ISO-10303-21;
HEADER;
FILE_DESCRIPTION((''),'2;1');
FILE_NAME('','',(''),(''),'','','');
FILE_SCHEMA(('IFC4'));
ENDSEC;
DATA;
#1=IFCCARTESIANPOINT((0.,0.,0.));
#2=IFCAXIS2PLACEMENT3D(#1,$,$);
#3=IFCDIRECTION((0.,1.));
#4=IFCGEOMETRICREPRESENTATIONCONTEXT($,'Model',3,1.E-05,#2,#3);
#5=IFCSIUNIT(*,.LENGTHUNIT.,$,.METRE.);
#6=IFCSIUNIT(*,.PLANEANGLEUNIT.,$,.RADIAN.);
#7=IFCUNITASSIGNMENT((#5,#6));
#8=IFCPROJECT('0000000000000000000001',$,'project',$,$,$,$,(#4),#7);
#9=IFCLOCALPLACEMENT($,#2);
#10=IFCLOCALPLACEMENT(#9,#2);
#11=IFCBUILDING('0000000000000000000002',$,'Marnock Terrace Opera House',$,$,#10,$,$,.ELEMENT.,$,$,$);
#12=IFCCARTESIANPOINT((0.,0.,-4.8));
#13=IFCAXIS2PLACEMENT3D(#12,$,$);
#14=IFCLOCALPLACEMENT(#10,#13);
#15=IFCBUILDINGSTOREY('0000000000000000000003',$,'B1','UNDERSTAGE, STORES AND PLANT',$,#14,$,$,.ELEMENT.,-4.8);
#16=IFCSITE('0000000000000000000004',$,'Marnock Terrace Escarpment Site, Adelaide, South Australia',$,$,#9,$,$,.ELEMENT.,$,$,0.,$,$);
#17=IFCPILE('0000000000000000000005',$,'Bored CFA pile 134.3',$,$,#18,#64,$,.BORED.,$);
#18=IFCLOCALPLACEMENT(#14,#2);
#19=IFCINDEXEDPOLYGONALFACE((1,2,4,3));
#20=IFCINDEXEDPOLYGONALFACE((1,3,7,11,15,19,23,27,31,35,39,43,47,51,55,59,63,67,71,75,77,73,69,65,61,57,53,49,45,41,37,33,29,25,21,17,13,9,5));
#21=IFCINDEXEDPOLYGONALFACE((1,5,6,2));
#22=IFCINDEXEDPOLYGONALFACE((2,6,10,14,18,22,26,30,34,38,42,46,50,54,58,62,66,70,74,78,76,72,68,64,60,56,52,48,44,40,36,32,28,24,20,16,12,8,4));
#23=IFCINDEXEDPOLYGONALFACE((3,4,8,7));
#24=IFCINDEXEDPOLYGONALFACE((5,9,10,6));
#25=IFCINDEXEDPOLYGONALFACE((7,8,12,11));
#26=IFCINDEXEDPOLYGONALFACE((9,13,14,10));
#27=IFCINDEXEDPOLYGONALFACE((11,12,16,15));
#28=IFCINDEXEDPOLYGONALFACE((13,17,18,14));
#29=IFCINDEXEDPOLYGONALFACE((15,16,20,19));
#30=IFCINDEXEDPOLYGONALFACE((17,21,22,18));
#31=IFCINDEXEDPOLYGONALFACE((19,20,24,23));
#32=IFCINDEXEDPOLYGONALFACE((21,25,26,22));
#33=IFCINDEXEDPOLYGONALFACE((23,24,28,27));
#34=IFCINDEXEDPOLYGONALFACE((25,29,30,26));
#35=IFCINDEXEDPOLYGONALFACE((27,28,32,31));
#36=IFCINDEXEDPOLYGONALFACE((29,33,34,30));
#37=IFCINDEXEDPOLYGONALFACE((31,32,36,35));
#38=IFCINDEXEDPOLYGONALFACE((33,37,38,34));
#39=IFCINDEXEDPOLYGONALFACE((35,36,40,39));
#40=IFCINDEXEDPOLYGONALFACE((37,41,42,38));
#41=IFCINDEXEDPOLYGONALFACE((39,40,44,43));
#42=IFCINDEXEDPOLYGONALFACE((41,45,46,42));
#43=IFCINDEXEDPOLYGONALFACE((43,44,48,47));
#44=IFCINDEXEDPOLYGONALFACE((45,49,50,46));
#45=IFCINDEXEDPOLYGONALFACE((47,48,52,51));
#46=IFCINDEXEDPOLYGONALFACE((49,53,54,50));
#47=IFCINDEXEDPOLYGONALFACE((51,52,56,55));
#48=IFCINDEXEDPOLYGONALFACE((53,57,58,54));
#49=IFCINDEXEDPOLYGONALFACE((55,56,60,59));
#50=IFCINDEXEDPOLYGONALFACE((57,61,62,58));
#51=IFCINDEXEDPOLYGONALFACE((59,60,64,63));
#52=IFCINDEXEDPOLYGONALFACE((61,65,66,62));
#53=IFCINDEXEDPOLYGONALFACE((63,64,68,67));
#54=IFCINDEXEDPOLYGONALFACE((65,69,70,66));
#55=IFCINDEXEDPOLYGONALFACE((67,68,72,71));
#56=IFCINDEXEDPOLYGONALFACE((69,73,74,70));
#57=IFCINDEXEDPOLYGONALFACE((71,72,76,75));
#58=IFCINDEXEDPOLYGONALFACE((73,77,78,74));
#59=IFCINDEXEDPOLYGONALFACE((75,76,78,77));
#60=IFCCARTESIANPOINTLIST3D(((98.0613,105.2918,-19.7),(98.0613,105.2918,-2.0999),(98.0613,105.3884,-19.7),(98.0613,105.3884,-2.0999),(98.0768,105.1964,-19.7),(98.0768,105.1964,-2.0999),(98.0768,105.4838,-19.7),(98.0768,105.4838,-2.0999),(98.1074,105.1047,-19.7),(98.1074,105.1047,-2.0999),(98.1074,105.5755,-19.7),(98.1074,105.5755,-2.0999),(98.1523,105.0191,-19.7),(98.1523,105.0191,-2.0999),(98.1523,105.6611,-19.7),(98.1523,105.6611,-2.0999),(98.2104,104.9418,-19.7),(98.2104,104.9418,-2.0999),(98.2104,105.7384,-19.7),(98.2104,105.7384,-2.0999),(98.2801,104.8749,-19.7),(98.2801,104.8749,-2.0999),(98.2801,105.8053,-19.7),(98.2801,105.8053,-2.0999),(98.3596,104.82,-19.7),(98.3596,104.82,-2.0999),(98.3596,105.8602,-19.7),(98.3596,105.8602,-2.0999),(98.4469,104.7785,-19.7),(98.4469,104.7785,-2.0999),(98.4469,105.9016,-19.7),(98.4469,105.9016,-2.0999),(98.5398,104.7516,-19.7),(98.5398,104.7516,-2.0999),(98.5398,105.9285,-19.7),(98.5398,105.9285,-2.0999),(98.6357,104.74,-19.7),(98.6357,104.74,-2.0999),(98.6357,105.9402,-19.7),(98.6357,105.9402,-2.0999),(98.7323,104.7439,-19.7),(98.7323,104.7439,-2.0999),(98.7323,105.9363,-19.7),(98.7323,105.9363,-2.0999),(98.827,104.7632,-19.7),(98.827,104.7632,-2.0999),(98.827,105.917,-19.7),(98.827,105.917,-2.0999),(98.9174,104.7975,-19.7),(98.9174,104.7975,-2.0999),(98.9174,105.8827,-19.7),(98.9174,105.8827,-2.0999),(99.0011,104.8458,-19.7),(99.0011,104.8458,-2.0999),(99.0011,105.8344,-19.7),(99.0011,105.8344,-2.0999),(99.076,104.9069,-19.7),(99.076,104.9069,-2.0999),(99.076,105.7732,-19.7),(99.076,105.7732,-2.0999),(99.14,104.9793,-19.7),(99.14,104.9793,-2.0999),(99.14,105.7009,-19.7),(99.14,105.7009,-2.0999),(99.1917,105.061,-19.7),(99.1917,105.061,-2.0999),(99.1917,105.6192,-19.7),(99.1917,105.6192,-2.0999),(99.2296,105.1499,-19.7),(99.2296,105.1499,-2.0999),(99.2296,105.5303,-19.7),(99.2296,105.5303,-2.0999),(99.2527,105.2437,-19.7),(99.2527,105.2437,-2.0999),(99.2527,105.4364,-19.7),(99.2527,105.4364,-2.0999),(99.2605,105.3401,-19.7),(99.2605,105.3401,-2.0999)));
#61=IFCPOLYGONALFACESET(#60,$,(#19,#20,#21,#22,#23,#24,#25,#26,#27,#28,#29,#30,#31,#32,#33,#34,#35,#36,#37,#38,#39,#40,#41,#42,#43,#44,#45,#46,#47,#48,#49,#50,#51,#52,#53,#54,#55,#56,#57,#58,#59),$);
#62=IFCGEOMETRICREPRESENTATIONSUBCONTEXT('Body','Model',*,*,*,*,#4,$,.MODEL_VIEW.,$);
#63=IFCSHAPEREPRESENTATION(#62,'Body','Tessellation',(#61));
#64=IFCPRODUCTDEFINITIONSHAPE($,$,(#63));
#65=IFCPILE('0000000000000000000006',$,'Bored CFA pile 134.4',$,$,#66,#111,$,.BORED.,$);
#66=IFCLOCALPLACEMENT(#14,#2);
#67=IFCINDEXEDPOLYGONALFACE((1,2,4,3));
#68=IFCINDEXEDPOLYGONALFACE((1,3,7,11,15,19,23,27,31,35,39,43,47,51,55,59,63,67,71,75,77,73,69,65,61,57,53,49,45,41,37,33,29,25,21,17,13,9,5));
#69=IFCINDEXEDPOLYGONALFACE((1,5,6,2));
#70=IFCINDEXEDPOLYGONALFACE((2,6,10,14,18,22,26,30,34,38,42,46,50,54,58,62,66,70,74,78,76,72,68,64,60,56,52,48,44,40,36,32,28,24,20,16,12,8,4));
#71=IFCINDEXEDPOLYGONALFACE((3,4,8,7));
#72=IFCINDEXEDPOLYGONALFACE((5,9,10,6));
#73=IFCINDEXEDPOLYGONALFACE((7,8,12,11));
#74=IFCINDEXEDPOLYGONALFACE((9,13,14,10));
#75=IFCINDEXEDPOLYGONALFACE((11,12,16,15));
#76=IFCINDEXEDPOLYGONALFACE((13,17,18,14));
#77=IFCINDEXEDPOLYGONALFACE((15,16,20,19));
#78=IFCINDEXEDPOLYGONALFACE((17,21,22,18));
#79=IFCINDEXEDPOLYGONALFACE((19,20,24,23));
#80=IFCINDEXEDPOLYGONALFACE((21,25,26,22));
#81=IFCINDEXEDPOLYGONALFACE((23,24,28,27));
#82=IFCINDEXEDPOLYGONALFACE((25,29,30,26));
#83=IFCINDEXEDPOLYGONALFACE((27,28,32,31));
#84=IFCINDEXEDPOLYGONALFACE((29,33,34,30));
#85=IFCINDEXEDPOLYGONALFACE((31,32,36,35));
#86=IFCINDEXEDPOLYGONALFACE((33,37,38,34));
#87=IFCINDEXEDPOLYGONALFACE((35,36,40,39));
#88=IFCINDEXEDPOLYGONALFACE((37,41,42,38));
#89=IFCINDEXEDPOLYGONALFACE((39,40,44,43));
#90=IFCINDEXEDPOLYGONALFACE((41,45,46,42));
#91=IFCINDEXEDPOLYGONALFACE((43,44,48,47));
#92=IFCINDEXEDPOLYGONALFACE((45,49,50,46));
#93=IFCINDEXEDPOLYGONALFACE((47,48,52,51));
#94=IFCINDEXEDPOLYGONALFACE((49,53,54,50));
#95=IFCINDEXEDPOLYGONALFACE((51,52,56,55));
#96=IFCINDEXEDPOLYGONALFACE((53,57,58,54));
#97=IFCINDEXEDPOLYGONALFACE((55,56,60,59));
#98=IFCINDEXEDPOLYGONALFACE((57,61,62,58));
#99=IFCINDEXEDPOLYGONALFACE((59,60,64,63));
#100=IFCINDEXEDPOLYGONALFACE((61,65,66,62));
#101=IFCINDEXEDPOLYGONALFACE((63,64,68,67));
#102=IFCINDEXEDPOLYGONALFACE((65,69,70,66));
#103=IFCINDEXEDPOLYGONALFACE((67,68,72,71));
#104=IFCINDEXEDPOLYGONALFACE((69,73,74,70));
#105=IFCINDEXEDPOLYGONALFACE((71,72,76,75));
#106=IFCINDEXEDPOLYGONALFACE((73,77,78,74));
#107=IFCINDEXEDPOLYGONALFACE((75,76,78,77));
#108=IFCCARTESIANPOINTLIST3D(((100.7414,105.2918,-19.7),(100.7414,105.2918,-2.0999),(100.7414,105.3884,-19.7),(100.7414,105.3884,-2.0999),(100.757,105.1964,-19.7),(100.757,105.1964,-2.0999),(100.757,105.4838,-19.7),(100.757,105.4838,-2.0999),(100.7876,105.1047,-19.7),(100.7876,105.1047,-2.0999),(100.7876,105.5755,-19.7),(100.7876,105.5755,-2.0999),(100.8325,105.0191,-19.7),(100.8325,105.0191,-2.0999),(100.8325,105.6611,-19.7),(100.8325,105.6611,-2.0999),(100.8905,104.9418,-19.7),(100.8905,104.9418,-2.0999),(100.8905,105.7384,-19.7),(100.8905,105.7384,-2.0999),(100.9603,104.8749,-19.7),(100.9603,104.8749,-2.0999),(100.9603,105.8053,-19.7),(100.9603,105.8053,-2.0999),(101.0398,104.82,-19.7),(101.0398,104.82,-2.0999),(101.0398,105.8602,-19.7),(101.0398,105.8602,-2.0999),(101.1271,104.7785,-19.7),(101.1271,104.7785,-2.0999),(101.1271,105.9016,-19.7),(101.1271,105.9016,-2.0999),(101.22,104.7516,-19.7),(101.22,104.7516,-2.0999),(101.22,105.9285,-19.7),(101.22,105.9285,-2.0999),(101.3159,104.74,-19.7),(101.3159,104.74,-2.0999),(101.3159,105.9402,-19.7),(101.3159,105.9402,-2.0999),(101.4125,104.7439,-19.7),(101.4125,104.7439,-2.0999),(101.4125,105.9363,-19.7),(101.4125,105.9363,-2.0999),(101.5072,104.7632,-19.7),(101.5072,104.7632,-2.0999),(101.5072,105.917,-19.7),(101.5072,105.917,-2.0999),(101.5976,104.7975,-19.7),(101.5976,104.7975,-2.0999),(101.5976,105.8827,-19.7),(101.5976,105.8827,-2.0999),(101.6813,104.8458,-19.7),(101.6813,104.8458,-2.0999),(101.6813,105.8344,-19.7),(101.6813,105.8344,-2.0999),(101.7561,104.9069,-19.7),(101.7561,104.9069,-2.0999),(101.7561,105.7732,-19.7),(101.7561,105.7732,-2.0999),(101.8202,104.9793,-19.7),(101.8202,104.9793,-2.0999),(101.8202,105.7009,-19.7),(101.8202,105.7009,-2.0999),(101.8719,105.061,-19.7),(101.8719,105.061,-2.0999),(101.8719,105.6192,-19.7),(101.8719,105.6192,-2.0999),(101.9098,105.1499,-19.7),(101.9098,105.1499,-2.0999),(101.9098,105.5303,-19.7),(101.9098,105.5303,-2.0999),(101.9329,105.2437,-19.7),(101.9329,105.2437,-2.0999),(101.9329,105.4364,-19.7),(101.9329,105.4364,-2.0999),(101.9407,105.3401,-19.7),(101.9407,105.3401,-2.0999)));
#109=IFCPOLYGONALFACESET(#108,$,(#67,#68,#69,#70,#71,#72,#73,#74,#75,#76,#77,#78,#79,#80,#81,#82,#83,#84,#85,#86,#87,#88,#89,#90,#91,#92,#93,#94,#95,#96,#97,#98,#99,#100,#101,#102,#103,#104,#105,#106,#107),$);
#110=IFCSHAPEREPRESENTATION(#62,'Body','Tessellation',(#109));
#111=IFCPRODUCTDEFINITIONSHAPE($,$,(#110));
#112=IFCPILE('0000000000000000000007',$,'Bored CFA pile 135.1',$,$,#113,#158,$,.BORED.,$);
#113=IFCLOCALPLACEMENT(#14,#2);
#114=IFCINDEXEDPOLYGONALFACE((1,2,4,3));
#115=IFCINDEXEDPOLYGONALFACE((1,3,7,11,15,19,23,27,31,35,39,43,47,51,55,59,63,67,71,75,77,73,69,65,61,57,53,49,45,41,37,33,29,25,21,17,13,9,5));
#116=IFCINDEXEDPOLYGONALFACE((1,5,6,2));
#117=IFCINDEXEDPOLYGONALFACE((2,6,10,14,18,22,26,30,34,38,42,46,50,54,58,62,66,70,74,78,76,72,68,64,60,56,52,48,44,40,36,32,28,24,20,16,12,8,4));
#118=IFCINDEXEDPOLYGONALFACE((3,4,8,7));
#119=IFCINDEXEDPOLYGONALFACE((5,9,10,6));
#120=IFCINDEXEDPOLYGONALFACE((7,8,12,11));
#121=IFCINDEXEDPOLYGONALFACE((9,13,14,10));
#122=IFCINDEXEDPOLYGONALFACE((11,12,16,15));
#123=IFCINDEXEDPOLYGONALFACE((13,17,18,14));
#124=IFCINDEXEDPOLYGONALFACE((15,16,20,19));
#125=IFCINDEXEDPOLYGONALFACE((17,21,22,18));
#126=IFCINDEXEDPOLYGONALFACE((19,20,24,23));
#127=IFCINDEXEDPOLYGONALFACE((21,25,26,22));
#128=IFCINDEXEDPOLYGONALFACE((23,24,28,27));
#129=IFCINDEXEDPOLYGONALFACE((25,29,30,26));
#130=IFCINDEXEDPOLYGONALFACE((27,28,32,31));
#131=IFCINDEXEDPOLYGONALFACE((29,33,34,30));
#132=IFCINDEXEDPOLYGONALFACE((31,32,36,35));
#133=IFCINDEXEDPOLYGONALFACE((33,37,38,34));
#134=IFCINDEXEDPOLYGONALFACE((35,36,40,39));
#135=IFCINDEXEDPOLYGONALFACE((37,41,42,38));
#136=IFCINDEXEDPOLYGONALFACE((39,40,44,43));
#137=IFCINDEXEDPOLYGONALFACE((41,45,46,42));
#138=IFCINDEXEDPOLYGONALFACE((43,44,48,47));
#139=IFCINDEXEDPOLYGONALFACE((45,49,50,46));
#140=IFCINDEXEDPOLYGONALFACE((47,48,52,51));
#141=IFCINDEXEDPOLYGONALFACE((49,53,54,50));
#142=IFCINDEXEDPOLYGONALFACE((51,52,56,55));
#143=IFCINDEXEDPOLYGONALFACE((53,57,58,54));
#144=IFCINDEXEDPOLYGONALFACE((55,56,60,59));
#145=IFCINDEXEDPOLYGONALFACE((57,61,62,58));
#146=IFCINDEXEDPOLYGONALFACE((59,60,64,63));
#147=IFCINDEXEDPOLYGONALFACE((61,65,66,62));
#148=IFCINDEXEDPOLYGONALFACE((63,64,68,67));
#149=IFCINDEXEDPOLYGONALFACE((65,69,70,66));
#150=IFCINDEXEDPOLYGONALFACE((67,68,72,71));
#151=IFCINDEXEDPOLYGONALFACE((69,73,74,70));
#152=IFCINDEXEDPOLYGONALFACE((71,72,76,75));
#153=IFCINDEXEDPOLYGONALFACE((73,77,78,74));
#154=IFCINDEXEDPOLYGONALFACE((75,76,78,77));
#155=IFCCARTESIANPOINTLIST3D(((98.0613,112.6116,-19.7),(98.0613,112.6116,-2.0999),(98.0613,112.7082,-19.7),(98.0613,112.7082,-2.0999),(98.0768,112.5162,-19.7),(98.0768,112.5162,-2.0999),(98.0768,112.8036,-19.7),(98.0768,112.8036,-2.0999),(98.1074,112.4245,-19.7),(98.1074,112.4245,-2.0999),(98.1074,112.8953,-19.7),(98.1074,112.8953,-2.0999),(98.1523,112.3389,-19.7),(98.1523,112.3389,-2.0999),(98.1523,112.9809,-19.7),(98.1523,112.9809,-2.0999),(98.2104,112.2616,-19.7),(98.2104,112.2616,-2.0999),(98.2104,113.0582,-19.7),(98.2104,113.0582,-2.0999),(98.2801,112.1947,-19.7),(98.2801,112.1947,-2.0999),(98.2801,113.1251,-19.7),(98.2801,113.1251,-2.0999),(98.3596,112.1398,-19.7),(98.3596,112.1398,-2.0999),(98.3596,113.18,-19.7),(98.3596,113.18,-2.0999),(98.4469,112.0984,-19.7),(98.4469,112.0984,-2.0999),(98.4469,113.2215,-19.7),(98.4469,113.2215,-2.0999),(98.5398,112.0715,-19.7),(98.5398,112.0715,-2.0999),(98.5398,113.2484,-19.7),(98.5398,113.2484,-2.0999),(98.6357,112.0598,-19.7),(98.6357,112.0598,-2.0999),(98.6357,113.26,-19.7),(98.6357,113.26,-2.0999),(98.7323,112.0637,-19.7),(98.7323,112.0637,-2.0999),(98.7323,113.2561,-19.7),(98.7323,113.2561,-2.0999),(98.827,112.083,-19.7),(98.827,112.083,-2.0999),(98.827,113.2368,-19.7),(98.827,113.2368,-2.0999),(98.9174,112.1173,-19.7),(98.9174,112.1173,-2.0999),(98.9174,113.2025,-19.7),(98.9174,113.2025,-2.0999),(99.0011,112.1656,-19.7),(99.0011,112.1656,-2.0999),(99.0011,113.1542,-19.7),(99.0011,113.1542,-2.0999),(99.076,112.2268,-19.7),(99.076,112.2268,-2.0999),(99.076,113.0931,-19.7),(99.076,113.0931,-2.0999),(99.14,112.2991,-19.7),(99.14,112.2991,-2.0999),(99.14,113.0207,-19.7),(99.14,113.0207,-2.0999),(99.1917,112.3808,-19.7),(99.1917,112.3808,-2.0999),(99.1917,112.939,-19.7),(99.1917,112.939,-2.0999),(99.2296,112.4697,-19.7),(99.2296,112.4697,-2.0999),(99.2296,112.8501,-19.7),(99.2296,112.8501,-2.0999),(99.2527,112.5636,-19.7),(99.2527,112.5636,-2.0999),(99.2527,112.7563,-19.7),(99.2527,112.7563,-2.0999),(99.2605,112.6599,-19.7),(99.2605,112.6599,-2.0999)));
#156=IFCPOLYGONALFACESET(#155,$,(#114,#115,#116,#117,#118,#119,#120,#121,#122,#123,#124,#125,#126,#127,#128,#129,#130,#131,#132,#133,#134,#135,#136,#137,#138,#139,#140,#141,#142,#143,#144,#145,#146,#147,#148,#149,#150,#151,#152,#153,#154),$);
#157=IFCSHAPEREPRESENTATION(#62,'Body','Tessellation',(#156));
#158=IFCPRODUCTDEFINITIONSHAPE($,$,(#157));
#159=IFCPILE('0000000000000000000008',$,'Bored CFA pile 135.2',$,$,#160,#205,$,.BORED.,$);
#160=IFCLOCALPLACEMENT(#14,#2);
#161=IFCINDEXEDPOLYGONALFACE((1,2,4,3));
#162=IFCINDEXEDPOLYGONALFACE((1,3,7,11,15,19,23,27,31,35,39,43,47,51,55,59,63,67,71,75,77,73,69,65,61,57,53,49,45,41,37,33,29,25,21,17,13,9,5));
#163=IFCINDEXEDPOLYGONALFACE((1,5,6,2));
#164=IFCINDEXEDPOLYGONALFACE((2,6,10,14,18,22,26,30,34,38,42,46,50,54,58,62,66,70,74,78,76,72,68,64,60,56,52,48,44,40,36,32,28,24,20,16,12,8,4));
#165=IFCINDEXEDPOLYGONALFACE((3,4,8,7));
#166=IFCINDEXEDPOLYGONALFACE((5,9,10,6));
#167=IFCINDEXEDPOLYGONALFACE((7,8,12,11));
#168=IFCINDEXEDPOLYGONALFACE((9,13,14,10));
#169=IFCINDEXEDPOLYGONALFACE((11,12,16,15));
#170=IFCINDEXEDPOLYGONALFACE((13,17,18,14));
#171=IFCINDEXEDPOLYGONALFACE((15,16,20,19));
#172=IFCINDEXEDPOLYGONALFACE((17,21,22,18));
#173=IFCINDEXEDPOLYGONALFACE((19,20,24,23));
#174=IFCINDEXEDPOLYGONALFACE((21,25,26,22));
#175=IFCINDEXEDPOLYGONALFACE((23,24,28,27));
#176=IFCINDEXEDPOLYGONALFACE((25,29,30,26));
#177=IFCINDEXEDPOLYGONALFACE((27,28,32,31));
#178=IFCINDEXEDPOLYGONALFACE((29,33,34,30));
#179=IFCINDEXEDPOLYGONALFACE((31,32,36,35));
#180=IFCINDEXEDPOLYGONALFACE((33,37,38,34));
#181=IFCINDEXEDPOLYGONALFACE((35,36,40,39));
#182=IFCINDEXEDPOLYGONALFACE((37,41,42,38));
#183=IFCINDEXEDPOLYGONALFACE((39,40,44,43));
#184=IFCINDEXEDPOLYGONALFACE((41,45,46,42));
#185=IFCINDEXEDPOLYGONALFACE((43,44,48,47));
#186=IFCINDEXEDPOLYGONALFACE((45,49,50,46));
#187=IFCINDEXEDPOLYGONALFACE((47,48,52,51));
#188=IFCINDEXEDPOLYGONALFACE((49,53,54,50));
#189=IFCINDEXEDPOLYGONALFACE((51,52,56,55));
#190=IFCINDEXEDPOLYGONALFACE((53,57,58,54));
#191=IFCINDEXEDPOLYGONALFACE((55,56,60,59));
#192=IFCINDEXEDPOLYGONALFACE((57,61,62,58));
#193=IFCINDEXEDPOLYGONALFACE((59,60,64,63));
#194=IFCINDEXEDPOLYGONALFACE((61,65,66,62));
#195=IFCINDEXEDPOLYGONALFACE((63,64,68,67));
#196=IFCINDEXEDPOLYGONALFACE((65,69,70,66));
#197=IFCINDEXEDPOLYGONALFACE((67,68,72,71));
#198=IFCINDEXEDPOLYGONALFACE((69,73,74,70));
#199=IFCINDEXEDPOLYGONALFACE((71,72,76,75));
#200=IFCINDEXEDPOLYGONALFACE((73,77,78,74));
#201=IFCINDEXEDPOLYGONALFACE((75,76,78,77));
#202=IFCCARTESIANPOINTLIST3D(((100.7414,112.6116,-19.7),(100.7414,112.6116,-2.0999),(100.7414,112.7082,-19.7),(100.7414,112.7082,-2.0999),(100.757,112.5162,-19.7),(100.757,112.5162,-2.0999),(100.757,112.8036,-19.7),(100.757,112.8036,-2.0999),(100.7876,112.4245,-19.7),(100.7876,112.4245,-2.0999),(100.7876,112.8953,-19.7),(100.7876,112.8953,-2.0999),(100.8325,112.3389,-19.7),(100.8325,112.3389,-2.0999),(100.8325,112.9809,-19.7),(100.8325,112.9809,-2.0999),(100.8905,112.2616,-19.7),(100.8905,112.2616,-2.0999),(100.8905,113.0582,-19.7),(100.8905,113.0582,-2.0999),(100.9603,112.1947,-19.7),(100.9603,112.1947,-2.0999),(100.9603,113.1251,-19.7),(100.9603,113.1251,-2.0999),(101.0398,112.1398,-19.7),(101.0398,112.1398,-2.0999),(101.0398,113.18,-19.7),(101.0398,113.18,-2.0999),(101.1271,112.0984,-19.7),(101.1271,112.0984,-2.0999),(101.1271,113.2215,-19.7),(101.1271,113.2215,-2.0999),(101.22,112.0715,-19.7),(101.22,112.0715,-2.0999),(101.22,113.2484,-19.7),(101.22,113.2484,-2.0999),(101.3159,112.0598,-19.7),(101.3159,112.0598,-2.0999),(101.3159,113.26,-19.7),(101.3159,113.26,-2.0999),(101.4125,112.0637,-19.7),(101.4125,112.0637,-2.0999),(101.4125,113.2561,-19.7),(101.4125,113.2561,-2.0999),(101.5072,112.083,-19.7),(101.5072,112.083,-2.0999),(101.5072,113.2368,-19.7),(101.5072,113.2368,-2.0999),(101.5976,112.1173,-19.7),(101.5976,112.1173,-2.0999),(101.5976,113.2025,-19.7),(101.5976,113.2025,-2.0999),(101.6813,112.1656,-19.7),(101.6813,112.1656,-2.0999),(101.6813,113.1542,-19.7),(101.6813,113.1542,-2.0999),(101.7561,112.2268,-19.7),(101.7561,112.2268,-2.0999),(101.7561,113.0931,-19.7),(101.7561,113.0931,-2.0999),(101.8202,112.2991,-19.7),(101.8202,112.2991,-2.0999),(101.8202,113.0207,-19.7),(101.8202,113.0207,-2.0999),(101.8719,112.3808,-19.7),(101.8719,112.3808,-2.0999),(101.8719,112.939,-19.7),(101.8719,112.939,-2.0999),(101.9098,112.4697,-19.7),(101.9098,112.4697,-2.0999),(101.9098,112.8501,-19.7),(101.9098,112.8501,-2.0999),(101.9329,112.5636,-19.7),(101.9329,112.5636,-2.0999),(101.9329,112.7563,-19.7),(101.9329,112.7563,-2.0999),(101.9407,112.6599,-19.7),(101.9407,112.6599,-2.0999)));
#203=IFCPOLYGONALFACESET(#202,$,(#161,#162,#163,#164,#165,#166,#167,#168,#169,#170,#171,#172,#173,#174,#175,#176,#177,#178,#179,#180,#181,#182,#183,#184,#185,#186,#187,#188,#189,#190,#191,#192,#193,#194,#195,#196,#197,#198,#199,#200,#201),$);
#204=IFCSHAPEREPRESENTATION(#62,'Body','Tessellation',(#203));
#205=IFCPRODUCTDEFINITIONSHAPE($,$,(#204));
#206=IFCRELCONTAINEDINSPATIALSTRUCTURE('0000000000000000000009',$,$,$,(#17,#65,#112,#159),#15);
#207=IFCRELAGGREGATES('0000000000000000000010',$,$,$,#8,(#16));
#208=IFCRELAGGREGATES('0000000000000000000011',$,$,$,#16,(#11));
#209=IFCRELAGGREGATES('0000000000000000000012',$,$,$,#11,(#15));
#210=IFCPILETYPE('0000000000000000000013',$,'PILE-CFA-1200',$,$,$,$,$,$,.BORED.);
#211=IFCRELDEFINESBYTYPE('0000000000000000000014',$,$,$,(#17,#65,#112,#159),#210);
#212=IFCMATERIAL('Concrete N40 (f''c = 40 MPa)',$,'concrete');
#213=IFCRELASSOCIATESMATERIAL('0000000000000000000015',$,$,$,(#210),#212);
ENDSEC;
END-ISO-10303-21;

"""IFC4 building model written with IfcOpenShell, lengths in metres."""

from ifc_helpers import new_model, si_unit, direction, frame, origin, origin_2d, place, context, subcontext, project, spatial, circle, extrude, material, material_profile, profile_set, type_object, element, save


model = new_model("IFC4")

# Units and contexts
model_context = context("Model", 3, precision=1e-05, world=origin(), true_north=direction((0.0, 1.0)))
body_context = subcontext(model_context, "Body", "Model", "MODEL_VIEW")
ifc_project = project(units=[si_unit("LENGTHUNIT", "METRE"), si_unit("PLANEANGLEUNIT", "RADIAN")], contexts=[model_context])

# Site, building, storey
site_placement = place(None, origin())
site = spatial("IfcSite", under=ifc_project, at=site_placement, Name="Marnock Terrace Escarpment Site, Adelaide, South Australia", CompositionType="ELEMENT", RefElevation=0.0)
building_placement = place(site_placement, origin())
building = spatial("IfcBuilding", under=site, at=building_placement, Name="Marnock Terrace Opera House", CompositionType="ELEMENT")
storey_placement = place(building_placement, frame((0.0, 0.0, -4.8)))
storey = spatial("IfcBuildingStorey", under=building, at=storey_placement, Name="B1", Description="UNDERSTAGE, STORES AND PLANT", CompositionType="ELEMENT", Elevation=-4.8)

# Shared definitions
ifc_material_1 = material(Name="Concrete N40 (f'c = 40 MPa)", Category="concrete")

# Piles
ifc_material_profile_1 = material_profile(ifc_material_1, circle(Radius=0.6006, at=origin_2d()))
ifc_profile_set_1 = profile_set([ifc_material_profile_1], Name="Concrete N40 (f'c = 40 MPa)")
pile_type = type_object("IfcPileType", Name="PILE-CFA-1200", PredefinedType="BORED", material=ifc_profile_set_1)
for number, where, z_axis, x_axis, name in (
    (1, (98.6599, 105.3401, -2.0999), (0.0, 0.0, -1.0), (1.0, 0.0, 0.0), "Bored CFA pile 134.3"),
    (2, (101.3401, 105.3401, -2.0999), (0.0, 0.0, -1.0), (1.0, 0.0, 0.0), "Bored CFA pile 134.4"),
    (3, (98.6599, 112.6599, -2.0999), (0.0, 0.0, -1.0), (1.0, 0.0, 0.0), "Bored CFA pile 135.1"),
    (4, (101.3401, 112.6599, -2.0999), (0.0, 0.0, -1.0), (1.0, 0.0, 0.0), "Bored CFA pile 135.2"),
):
    element("IfcPile", number, at=place(storey_placement, frame(where, z_axis=z_axis, x_axis=x_axis)), inside=storey, type_object=pile_type, Name=name, PredefinedType="BORED", context=body_context, shape_type="SweptSolid", body=[
        extrude(circle(Radius=0.6006, at=origin_2d()), origin(), (0.0, 0.0, 1.0), 17.6001),
    ])

save(model, "model.ifc")
